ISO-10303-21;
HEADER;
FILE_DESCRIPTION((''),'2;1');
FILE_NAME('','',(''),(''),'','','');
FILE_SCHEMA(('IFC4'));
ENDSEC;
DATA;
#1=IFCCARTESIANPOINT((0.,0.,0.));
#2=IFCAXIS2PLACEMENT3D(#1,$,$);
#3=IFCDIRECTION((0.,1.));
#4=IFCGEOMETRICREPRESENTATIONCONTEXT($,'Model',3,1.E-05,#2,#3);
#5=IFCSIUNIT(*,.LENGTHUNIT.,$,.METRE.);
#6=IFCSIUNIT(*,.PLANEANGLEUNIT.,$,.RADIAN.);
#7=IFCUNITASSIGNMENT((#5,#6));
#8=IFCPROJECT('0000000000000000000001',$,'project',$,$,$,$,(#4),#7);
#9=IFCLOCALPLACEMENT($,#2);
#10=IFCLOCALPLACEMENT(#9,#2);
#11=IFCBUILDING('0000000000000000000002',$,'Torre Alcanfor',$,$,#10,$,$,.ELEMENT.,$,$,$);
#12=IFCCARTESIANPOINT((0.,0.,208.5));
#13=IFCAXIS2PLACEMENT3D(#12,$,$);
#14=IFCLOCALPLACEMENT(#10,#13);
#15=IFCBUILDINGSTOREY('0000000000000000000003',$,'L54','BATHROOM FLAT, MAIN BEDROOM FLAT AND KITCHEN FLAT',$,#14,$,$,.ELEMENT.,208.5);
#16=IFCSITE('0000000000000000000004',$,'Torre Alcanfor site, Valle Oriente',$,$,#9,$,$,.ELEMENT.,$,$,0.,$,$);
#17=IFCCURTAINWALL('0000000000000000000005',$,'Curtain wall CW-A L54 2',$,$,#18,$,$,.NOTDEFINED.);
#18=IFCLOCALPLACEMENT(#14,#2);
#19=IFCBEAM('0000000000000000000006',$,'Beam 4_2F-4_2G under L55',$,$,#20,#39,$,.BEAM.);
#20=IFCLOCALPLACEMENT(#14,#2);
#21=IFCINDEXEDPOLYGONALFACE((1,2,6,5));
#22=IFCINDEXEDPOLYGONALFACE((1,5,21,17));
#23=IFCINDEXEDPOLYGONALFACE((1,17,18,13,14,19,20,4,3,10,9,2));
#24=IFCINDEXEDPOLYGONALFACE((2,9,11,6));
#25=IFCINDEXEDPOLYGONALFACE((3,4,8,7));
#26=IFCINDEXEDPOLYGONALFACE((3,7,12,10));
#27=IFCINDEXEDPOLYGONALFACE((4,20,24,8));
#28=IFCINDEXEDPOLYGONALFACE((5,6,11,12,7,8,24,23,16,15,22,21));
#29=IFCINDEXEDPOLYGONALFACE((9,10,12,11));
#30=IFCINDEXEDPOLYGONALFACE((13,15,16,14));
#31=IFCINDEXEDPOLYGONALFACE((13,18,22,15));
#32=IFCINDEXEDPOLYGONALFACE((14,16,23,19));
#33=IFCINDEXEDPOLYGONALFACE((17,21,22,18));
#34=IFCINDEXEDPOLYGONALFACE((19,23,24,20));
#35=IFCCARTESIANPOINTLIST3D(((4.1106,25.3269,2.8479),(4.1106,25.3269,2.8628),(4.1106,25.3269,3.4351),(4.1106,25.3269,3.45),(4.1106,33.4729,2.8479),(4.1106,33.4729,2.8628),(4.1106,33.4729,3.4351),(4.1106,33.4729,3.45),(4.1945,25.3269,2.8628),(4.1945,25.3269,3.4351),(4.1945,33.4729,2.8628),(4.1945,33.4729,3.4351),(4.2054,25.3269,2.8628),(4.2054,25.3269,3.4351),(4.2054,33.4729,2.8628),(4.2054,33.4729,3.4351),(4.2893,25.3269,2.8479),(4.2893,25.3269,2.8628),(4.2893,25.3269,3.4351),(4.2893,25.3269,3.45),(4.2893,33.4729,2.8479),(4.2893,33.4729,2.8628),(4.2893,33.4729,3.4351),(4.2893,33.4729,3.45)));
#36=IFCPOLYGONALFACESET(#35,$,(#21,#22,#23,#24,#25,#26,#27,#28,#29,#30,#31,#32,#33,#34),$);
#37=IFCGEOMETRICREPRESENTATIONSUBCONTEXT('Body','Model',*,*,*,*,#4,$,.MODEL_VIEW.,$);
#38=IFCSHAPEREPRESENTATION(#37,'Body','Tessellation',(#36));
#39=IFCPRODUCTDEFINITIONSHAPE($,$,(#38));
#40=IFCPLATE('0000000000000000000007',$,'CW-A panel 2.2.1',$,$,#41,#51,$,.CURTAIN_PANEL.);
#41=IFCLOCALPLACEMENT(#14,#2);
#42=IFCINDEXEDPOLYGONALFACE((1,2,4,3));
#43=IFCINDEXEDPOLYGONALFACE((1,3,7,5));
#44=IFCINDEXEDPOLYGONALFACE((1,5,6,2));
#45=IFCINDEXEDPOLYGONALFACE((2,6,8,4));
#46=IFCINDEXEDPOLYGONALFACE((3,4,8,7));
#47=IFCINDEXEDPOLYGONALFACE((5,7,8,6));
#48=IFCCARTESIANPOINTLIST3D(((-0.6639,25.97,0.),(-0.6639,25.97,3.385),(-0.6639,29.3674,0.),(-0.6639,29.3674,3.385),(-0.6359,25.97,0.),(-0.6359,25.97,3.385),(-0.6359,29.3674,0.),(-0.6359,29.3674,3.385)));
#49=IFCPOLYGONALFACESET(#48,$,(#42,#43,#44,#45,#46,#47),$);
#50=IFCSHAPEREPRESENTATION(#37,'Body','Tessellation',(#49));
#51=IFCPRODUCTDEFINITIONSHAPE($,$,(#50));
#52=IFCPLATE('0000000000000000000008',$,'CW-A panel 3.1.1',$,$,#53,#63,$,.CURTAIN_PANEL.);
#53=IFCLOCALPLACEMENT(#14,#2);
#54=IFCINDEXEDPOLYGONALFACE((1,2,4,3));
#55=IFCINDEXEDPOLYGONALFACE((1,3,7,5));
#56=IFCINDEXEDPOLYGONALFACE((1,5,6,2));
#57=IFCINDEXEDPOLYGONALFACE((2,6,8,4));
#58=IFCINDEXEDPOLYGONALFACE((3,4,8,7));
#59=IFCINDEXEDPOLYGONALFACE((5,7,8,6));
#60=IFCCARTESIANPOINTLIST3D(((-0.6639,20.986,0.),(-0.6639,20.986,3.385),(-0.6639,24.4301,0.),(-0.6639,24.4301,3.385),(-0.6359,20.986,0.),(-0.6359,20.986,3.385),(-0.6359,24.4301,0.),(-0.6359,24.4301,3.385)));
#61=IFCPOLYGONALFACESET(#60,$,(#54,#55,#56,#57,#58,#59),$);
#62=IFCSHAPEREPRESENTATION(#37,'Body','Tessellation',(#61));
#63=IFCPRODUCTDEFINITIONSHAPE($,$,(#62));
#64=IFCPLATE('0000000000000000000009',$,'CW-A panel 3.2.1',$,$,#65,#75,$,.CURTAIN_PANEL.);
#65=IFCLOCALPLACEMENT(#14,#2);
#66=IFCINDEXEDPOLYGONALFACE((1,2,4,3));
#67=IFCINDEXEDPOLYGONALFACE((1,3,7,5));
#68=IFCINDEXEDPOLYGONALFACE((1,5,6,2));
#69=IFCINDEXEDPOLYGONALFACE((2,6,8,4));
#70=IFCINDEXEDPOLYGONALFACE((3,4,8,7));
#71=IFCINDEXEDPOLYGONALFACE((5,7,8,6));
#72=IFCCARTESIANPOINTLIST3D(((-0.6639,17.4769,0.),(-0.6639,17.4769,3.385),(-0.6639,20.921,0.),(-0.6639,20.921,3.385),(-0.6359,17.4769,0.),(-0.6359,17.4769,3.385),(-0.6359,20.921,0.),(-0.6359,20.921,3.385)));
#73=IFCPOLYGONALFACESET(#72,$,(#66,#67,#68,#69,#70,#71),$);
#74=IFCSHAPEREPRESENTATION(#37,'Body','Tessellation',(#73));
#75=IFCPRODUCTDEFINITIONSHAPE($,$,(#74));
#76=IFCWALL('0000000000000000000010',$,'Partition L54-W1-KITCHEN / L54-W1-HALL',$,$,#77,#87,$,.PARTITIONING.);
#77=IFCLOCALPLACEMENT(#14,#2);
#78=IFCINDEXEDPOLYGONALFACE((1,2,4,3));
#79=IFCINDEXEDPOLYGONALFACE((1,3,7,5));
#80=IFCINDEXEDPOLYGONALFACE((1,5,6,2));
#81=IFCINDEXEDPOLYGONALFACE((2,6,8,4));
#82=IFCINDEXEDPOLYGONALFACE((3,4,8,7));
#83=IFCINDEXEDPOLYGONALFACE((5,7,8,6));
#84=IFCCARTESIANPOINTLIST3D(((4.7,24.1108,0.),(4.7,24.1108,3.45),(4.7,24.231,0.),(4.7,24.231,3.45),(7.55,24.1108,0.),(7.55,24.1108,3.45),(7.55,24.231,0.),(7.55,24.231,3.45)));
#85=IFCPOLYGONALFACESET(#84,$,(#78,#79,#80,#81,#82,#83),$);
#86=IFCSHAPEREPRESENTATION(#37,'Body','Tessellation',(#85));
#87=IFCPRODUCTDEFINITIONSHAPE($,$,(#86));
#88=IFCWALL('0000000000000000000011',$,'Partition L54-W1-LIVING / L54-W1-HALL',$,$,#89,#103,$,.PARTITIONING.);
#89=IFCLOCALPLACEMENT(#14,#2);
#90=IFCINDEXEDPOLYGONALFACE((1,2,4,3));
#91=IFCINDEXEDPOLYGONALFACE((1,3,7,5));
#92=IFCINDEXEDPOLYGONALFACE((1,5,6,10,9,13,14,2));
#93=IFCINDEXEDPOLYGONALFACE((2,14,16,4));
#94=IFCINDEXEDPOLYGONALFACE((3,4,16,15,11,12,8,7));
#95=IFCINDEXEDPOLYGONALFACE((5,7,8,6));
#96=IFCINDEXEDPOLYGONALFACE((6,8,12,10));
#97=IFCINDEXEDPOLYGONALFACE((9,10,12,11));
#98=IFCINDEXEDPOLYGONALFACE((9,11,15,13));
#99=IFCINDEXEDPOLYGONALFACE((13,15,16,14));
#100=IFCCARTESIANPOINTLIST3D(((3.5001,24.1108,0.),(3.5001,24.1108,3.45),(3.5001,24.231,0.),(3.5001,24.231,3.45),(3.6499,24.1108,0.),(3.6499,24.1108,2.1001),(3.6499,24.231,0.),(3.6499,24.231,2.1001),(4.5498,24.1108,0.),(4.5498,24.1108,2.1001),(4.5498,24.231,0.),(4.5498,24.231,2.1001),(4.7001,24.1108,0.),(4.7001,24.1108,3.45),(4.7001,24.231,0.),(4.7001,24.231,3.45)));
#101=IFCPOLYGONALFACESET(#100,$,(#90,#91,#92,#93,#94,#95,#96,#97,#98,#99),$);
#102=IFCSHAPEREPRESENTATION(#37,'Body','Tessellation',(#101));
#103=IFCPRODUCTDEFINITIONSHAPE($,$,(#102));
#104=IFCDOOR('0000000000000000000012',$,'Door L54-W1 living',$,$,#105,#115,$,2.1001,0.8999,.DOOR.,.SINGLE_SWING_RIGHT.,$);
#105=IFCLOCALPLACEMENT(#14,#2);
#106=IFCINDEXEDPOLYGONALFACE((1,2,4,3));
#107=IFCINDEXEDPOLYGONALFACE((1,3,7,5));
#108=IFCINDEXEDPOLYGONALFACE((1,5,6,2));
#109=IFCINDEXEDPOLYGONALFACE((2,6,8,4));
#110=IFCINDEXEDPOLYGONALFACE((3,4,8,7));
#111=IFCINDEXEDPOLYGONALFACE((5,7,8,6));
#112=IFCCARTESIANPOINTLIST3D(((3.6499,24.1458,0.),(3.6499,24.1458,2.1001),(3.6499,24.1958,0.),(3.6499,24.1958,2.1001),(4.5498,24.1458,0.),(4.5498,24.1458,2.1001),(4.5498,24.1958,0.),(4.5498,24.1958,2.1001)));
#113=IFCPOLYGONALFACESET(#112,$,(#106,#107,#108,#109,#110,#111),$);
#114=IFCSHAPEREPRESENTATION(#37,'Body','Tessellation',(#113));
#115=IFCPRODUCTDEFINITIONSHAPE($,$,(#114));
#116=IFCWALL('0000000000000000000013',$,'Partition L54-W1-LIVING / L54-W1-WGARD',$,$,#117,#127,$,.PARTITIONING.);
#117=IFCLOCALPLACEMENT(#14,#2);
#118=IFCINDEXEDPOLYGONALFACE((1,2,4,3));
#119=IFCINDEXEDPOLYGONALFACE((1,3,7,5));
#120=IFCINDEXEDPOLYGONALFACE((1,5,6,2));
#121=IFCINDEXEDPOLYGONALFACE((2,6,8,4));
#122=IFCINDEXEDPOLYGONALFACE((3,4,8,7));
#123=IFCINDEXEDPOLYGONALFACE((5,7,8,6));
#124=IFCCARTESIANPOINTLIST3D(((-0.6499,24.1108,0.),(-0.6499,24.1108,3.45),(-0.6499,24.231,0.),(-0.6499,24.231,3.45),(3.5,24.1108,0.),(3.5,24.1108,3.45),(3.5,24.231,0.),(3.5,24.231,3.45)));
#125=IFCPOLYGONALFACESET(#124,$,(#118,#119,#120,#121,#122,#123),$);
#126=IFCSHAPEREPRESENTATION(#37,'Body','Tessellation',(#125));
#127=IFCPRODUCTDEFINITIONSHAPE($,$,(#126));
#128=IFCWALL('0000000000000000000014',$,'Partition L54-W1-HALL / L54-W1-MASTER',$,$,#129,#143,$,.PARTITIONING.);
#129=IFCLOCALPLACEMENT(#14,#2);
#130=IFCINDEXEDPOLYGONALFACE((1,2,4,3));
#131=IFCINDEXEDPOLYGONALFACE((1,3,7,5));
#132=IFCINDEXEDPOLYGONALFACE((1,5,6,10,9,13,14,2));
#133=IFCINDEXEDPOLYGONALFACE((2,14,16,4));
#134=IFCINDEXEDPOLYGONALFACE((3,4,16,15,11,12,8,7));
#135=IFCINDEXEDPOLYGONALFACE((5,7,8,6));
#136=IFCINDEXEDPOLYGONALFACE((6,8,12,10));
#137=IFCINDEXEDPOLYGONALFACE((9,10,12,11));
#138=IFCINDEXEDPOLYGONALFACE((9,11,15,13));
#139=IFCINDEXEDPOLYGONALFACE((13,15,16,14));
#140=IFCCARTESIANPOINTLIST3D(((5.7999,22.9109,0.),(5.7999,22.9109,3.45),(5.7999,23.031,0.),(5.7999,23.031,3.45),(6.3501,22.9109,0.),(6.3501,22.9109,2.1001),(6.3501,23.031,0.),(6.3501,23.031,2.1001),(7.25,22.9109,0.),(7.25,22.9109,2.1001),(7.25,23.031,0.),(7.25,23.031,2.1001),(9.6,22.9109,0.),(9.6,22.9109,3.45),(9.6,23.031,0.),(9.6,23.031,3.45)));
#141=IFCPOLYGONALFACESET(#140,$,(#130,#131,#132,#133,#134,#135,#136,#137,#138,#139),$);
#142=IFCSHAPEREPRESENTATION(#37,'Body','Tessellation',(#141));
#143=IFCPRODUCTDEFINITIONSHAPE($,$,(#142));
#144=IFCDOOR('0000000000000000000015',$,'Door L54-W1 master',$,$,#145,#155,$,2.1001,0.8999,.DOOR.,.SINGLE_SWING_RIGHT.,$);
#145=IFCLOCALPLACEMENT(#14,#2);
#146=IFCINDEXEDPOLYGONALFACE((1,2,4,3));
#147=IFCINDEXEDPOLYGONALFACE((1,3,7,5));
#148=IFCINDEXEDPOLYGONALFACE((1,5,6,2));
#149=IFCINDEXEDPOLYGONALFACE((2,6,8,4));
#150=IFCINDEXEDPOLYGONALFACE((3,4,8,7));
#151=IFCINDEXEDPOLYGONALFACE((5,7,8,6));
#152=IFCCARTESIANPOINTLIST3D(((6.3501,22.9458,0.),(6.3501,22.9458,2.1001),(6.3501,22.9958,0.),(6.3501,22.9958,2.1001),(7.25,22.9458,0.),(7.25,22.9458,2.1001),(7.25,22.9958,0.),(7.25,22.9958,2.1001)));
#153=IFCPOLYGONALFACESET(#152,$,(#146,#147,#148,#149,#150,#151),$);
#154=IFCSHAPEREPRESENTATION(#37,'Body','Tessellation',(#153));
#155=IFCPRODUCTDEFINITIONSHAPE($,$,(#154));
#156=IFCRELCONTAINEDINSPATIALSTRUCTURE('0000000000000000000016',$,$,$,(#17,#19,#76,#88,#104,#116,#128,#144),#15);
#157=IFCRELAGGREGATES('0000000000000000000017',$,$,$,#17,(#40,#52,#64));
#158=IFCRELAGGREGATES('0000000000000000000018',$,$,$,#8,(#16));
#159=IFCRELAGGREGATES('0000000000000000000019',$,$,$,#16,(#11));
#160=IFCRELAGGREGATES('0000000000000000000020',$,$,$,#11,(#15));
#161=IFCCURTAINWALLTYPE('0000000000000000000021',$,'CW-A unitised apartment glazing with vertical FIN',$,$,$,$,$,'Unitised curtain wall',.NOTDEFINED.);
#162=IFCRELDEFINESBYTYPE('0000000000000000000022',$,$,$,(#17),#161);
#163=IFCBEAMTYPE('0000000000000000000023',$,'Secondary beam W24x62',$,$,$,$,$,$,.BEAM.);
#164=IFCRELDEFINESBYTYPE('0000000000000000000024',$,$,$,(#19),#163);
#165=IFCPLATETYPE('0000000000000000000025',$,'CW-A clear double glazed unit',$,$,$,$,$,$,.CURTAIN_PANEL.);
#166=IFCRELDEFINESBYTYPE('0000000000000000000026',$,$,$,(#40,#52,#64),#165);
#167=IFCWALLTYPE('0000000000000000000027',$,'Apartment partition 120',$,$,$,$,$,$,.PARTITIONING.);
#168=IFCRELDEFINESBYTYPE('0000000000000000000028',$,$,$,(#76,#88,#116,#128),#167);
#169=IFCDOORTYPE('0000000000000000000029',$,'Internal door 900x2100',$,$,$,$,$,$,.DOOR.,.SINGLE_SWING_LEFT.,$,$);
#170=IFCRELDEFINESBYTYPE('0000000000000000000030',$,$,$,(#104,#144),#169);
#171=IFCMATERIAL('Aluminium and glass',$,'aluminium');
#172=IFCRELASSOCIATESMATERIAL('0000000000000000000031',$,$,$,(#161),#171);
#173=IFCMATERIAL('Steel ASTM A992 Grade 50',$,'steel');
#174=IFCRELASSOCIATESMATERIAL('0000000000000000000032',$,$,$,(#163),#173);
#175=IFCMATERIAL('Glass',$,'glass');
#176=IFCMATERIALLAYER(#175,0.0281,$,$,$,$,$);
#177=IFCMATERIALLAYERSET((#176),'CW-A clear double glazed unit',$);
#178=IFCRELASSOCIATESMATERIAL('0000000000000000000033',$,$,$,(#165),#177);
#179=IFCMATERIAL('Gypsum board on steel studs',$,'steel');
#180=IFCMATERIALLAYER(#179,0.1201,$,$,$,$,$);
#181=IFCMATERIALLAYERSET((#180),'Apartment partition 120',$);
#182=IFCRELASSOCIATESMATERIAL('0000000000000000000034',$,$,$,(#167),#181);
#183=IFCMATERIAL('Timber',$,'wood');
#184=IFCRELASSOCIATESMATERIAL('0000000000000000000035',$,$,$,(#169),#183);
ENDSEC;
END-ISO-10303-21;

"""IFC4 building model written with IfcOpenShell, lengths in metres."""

from ifc_helpers import new_model, si_unit, direction, frame, frame_2d, origin, origin_2d, place, context, subcontext, project, spatial, rectangle, i_section, extrude, material, layer, layer_set, material_profile, profile_set, type_object, element, fill, aggregate, save


model = new_model("IFC4")

# Units and contexts
model_context = context("Model", 3, precision=1e-05, world=origin(), true_north=direction((0.0, 1.0)))
body_context = subcontext(model_context, "Body", "Model", "MODEL_VIEW")
ifc_project = project(units=[si_unit("LENGTHUNIT", "METRE"), si_unit("PLANEANGLEUNIT", "RADIAN")], contexts=[model_context])

# Site, building, storey
site_placement = place(None, origin())
site = spatial("IfcSite", under=ifc_project, at=site_placement, Name="Torre Alcanfor site, Valle Oriente", CompositionType="ELEMENT", RefElevation=0.0)
building_placement = place(site_placement, origin())
building = spatial("IfcBuilding", under=site, at=building_placement, Name="Torre Alcanfor", CompositionType="ELEMENT")
storey_placement = place(building_placement, frame((0.0, 0.0, 208.5)))
storey = spatial("IfcBuildingStorey", under=building, at=storey_placement, Name="L54", Description="BATHROOM FLAT, MAIN BEDROOM FLAT AND KITCHEN FLAT", CompositionType="ELEMENT", Elevation=208.5)

# Curtain wall
ifc_material_1 = material(Name="Aluminium and glass", Category="aluminium")
curtain_wall_type = type_object("IfcCurtainWallType", Name="CW-A unitised apartment glazing with vertical FIN", ElementType="Unitised curtain wall", PredefinedType="NOTDEFINED", material=ifc_material_1)
curtain_wall_placement = place(storey_placement, origin())
curtain_wall = element("IfcCurtainWall", 1, at=curtain_wall_placement, inside=storey, type_object=curtain_wall_type, Name="Curtain wall CW-A L54 2", PredefinedType="NOTDEFINED")

# Beam
ifc_material_2 = material(Name="Steel ASTM A992 Grade 50", Category="steel")
ifc_material_profile_1 = material_profile(ifc_material_2, i_section(OverallWidth=0.1787, OverallDepth=0.6021, WebThickness=0.011, FlangeThickness=0.0149, at=origin_2d()), Name="W24x62")
ifc_profile_set_1 = profile_set([ifc_material_profile_1], Name="Steel ASTM A992 Grade 50")
beam_type_1 = type_object("IfcBeamType", Name="Secondary beam W24x62", PredefinedType="BEAM", material=ifc_profile_set_1)
beam_1_placement = place(storey_placement, frame((4.2, 25.3269, 3.1489), z_axis=(0.0, 1.0, 0.0), x_axis=(-1.0, 0.0, 0.0)))
element("IfcBeam", 2, at=beam_1_placement, inside=storey, type_object=beam_type_1, Name="Beam 4_2F-4_2G under L55", PredefinedType="BEAM", context=body_context, shape_type="SweptSolid", body=[
    extrude(i_section(OverallWidth=0.1787, OverallDepth=0.6021, WebThickness=0.011, FlangeThickness=0.0149, at=origin_2d()), origin(), (0.0, 0.0, 1.0), 8.146),
])

# Plates
ifc_material_3 = material(Name="Glass", Category="glass")
ifc_layer_1 = layer(ifc_material_3, 0.0281)
ifc_layer_set_1 = layer_set([ifc_layer_1], Name="CW-A clear double glazed unit")
plate_type = type_object("IfcPlateType", Name="CW-A clear double glazed unit", PredefinedType="CURTAIN_PANEL", material=ifc_layer_set_1)
plate_1_placement = place(storey_placement, frame((-0.6499, 27.6687, 0.0), z_axis=(0.0, 0.0, 1.0), x_axis=(0.0, -1.0, 0.0)))
plate_1 = element("IfcPlate", 3, at=plate_1_placement, type_object=plate_type, Name="CW-A panel 2.2.1", PredefinedType="CURTAIN_PANEL", context=body_context, shape_type="SweptSolid", body=[
    extrude(rectangle(XDim=3.3975, YDim=0.0281, at=origin_2d()), origin(), (0.0, 0.0, 1.0), 3.385),
])
plate_2_placement = place(storey_placement, frame((-0.6499, 22.708, 0.0), z_axis=(0.0, 0.0, 1.0), x_axis=(0.0, -1.0, 0.0)))
plate_2 = element("IfcPlate", 4, at=plate_2_placement, type_object=plate_type, Name="CW-A panel 3.1.1", PredefinedType="CURTAIN_PANEL", context=body_context, shape_type="SweptSolid", body=[
    extrude(rectangle(XDim=3.4441, YDim=0.0281, at=origin_2d()), origin(), (0.0, 0.0, 1.0), 3.385),
])
plate_3_placement = place(storey_placement, frame((-0.6499, 19.199, 0.0), z_axis=(0.0, 0.0, 1.0), x_axis=(0.0, -1.0, 0.0)))
plate_3 = element("IfcPlate", 5, at=plate_3_placement, type_object=plate_type, Name="CW-A panel 3.2.1", PredefinedType="CURTAIN_PANEL", context=body_context, shape_type="SweptSolid", body=[
    extrude(rectangle(XDim=3.4441, YDim=0.0281, at=origin_2d()), origin(), (0.0, 0.0, 1.0), 3.385),
])
aggregate(curtain_wall, [plate_1, plate_2, plate_3])

# Wall
ifc_material_4 = material(Name="Gypsum board on steel studs", Category="steel")
ifc_layer_2 = layer(ifc_material_4, 0.1201)
ifc_layer_set_2 = layer_set([ifc_layer_2], Name="Apartment partition 120")
wall_type_1 = type_object("IfcWallType", Name="Apartment partition 120", PredefinedType="PARTITIONING", material=ifc_layer_set_2)
wall_1_placement = place(storey_placement, frame((4.7, 24.1709, 0.0), z_axis=(0.0, 0.0, 1.0), x_axis=(1.0, 0.0, 0.0)))
element("IfcWall", 6, at=wall_1_placement, inside=storey, type_object=wall_type_1, Name="Partition L54-W1-KITCHEN / L54-W1-HALL", PredefinedType="PARTITIONING", context=body_context, shape_type="SweptSolid", body=[
    extrude(rectangle(XDim=2.8501, YDim=0.1201, at=frame_2d((1.425, 0.0))), origin(), (0.0, 0.0, 1.0), 3.45),
])

# Wall, opening, door
wall_2_placement = place(storey_placement, frame((3.5, 24.1709, 0.0), z_axis=(0.0, 0.0, 1.0), x_axis=(1.0, 0.0, 0.0)))
wall_2 = element("IfcWall", 7, at=wall_2_placement, inside=storey, type_object=wall_type_1, Name="Partition L54-W1-LIVING / L54-W1-HALL", PredefinedType="PARTITIONING", context=body_context, shape_type="SweptSolid", body=[
    extrude(rectangle(XDim=1.2, YDim=0.1201, at=frame_2d((0.6001, 0.0))), origin(), (0.0, 0.0, 1.0), 3.45),
])
opening_1_placement = place(wall_2_placement, frame((0.1499, 0.0, 0.0)))
opening_1 = element("IfcOpeningElement", 8, at=opening_1_placement, cuts=wall_2, PredefinedType="OPENING", context=body_context, shape_type="SweptSolid", body=[
    extrude(rectangle(XDim=0.8999, YDim=2.1001, at=frame_2d((0.45, 1.05))), frame((0.0, 0.0701, 0.0), z_axis=(0.0, -1.0, 0.0), x_axis=(1.0, 0.0, 0.0)), (0.0, 0.0, 1.0), 0.1401),
])
ifc_material_5 = material(Name="Timber", Category="wood")
door_type = type_object("IfcDoorType", Name="Internal door 900x2100", OperationType="SINGLE_SWING_LEFT", PredefinedType="DOOR", material=ifc_material_5)
door_1_placement = place(opening_1_placement, origin())
door_1 = element("IfcDoor", 9, at=door_1_placement, inside=storey, type_object=door_type, Name="Door L54-W1 living", OperationType="SINGLE_SWING_RIGHT", OverallHeight=2.1001, OverallWidth=0.8999, PredefinedType="DOOR", context=body_context, shape_type="SweptSolid", body=[
    extrude(rectangle(XDim=0.8999, YDim=2.1001, at=frame_2d((0.45, 1.05))), frame((0.0, 0.0249, 0.0), z_axis=(0.0, -1.0, 0.0), x_axis=(1.0, 0.0, 0.0)), (0.0, 0.0, 1.0), 0.05),
])
fill(opening_1, door_1)

# Wall
wall_3_placement = place(storey_placement, frame((-0.6499, 24.1709, 0.0), z_axis=(0.0, 0.0, 1.0), x_axis=(1.0, 0.0, 0.0)))
element("IfcWall", 10, at=wall_3_placement, inside=storey, type_object=wall_type_1, Name="Partition L54-W1-LIVING / L54-W1-WGARD", PredefinedType="PARTITIONING", context=body_context, shape_type="SweptSolid", body=[
    extrude(rectangle(XDim=4.1499, YDim=0.1201, at=frame_2d((2.075, 0.0))), origin(), (0.0, 0.0, 1.0), 3.45),
])

# Wall, opening, door
wall_4_placement = place(storey_placement, frame((5.8, 22.9709, 0.0), z_axis=(0.0, 0.0, 1.0), x_axis=(1.0, 0.0, 0.0)))
wall_4 = element("IfcWall", 11, at=wall_4_placement, inside=storey, type_object=wall_type_1, Name="Partition L54-W1-HALL / L54-W1-MASTER", PredefinedType="PARTITIONING", context=body_context, shape_type="SweptSolid", body=[
    extrude(rectangle(XDim=3.8, YDim=0.1201, at=frame_2d((1.8999, 0.0))), origin(), (0.0, 0.0, 1.0), 3.45),
])
opening_2_placement = place(wall_4_placement, frame((0.55, 0.0, 0.0)))
opening_2 = element("IfcOpeningElement", 12, at=opening_2_placement, cuts=wall_4, PredefinedType="OPENING", context=body_context, shape_type="SweptSolid", body=[
    extrude(rectangle(XDim=0.8999, YDim=2.1001, at=frame_2d((0.45, 1.05))), frame((0.0, 0.0701, 0.0), z_axis=(0.0, -1.0, 0.0), x_axis=(1.0, 0.0, 0.0)), (0.0, 0.0, 1.0), 0.1401),
])
door_2_placement = place(opening_2_placement, frame((0.8999, 0.0, 0.0), z_axis=(0.0, 0.0, 1.0), x_axis=(-1.0, 0.0, 0.0)))
door_2 = element("IfcDoor", 13, at=door_2_placement, inside=storey, type_object=door_type, Name="Door L54-W1 master", OperationType="SINGLE_SWING_RIGHT", OverallHeight=2.1001, OverallWidth=0.8999, PredefinedType="DOOR", context=body_context, shape_type="SweptSolid", body=[
    extrude(rectangle(XDim=0.8999, YDim=2.1001, at=frame_2d((0.45, 1.05))), frame((0.0, 0.0251, 0.0), z_axis=(0.0, -1.0, 0.0), x_axis=(1.0, 0.0, 0.0)), (0.0, 0.0, 1.0), 0.05),
])
fill(opening_2, door_2)

save(model, "model.ifc")
